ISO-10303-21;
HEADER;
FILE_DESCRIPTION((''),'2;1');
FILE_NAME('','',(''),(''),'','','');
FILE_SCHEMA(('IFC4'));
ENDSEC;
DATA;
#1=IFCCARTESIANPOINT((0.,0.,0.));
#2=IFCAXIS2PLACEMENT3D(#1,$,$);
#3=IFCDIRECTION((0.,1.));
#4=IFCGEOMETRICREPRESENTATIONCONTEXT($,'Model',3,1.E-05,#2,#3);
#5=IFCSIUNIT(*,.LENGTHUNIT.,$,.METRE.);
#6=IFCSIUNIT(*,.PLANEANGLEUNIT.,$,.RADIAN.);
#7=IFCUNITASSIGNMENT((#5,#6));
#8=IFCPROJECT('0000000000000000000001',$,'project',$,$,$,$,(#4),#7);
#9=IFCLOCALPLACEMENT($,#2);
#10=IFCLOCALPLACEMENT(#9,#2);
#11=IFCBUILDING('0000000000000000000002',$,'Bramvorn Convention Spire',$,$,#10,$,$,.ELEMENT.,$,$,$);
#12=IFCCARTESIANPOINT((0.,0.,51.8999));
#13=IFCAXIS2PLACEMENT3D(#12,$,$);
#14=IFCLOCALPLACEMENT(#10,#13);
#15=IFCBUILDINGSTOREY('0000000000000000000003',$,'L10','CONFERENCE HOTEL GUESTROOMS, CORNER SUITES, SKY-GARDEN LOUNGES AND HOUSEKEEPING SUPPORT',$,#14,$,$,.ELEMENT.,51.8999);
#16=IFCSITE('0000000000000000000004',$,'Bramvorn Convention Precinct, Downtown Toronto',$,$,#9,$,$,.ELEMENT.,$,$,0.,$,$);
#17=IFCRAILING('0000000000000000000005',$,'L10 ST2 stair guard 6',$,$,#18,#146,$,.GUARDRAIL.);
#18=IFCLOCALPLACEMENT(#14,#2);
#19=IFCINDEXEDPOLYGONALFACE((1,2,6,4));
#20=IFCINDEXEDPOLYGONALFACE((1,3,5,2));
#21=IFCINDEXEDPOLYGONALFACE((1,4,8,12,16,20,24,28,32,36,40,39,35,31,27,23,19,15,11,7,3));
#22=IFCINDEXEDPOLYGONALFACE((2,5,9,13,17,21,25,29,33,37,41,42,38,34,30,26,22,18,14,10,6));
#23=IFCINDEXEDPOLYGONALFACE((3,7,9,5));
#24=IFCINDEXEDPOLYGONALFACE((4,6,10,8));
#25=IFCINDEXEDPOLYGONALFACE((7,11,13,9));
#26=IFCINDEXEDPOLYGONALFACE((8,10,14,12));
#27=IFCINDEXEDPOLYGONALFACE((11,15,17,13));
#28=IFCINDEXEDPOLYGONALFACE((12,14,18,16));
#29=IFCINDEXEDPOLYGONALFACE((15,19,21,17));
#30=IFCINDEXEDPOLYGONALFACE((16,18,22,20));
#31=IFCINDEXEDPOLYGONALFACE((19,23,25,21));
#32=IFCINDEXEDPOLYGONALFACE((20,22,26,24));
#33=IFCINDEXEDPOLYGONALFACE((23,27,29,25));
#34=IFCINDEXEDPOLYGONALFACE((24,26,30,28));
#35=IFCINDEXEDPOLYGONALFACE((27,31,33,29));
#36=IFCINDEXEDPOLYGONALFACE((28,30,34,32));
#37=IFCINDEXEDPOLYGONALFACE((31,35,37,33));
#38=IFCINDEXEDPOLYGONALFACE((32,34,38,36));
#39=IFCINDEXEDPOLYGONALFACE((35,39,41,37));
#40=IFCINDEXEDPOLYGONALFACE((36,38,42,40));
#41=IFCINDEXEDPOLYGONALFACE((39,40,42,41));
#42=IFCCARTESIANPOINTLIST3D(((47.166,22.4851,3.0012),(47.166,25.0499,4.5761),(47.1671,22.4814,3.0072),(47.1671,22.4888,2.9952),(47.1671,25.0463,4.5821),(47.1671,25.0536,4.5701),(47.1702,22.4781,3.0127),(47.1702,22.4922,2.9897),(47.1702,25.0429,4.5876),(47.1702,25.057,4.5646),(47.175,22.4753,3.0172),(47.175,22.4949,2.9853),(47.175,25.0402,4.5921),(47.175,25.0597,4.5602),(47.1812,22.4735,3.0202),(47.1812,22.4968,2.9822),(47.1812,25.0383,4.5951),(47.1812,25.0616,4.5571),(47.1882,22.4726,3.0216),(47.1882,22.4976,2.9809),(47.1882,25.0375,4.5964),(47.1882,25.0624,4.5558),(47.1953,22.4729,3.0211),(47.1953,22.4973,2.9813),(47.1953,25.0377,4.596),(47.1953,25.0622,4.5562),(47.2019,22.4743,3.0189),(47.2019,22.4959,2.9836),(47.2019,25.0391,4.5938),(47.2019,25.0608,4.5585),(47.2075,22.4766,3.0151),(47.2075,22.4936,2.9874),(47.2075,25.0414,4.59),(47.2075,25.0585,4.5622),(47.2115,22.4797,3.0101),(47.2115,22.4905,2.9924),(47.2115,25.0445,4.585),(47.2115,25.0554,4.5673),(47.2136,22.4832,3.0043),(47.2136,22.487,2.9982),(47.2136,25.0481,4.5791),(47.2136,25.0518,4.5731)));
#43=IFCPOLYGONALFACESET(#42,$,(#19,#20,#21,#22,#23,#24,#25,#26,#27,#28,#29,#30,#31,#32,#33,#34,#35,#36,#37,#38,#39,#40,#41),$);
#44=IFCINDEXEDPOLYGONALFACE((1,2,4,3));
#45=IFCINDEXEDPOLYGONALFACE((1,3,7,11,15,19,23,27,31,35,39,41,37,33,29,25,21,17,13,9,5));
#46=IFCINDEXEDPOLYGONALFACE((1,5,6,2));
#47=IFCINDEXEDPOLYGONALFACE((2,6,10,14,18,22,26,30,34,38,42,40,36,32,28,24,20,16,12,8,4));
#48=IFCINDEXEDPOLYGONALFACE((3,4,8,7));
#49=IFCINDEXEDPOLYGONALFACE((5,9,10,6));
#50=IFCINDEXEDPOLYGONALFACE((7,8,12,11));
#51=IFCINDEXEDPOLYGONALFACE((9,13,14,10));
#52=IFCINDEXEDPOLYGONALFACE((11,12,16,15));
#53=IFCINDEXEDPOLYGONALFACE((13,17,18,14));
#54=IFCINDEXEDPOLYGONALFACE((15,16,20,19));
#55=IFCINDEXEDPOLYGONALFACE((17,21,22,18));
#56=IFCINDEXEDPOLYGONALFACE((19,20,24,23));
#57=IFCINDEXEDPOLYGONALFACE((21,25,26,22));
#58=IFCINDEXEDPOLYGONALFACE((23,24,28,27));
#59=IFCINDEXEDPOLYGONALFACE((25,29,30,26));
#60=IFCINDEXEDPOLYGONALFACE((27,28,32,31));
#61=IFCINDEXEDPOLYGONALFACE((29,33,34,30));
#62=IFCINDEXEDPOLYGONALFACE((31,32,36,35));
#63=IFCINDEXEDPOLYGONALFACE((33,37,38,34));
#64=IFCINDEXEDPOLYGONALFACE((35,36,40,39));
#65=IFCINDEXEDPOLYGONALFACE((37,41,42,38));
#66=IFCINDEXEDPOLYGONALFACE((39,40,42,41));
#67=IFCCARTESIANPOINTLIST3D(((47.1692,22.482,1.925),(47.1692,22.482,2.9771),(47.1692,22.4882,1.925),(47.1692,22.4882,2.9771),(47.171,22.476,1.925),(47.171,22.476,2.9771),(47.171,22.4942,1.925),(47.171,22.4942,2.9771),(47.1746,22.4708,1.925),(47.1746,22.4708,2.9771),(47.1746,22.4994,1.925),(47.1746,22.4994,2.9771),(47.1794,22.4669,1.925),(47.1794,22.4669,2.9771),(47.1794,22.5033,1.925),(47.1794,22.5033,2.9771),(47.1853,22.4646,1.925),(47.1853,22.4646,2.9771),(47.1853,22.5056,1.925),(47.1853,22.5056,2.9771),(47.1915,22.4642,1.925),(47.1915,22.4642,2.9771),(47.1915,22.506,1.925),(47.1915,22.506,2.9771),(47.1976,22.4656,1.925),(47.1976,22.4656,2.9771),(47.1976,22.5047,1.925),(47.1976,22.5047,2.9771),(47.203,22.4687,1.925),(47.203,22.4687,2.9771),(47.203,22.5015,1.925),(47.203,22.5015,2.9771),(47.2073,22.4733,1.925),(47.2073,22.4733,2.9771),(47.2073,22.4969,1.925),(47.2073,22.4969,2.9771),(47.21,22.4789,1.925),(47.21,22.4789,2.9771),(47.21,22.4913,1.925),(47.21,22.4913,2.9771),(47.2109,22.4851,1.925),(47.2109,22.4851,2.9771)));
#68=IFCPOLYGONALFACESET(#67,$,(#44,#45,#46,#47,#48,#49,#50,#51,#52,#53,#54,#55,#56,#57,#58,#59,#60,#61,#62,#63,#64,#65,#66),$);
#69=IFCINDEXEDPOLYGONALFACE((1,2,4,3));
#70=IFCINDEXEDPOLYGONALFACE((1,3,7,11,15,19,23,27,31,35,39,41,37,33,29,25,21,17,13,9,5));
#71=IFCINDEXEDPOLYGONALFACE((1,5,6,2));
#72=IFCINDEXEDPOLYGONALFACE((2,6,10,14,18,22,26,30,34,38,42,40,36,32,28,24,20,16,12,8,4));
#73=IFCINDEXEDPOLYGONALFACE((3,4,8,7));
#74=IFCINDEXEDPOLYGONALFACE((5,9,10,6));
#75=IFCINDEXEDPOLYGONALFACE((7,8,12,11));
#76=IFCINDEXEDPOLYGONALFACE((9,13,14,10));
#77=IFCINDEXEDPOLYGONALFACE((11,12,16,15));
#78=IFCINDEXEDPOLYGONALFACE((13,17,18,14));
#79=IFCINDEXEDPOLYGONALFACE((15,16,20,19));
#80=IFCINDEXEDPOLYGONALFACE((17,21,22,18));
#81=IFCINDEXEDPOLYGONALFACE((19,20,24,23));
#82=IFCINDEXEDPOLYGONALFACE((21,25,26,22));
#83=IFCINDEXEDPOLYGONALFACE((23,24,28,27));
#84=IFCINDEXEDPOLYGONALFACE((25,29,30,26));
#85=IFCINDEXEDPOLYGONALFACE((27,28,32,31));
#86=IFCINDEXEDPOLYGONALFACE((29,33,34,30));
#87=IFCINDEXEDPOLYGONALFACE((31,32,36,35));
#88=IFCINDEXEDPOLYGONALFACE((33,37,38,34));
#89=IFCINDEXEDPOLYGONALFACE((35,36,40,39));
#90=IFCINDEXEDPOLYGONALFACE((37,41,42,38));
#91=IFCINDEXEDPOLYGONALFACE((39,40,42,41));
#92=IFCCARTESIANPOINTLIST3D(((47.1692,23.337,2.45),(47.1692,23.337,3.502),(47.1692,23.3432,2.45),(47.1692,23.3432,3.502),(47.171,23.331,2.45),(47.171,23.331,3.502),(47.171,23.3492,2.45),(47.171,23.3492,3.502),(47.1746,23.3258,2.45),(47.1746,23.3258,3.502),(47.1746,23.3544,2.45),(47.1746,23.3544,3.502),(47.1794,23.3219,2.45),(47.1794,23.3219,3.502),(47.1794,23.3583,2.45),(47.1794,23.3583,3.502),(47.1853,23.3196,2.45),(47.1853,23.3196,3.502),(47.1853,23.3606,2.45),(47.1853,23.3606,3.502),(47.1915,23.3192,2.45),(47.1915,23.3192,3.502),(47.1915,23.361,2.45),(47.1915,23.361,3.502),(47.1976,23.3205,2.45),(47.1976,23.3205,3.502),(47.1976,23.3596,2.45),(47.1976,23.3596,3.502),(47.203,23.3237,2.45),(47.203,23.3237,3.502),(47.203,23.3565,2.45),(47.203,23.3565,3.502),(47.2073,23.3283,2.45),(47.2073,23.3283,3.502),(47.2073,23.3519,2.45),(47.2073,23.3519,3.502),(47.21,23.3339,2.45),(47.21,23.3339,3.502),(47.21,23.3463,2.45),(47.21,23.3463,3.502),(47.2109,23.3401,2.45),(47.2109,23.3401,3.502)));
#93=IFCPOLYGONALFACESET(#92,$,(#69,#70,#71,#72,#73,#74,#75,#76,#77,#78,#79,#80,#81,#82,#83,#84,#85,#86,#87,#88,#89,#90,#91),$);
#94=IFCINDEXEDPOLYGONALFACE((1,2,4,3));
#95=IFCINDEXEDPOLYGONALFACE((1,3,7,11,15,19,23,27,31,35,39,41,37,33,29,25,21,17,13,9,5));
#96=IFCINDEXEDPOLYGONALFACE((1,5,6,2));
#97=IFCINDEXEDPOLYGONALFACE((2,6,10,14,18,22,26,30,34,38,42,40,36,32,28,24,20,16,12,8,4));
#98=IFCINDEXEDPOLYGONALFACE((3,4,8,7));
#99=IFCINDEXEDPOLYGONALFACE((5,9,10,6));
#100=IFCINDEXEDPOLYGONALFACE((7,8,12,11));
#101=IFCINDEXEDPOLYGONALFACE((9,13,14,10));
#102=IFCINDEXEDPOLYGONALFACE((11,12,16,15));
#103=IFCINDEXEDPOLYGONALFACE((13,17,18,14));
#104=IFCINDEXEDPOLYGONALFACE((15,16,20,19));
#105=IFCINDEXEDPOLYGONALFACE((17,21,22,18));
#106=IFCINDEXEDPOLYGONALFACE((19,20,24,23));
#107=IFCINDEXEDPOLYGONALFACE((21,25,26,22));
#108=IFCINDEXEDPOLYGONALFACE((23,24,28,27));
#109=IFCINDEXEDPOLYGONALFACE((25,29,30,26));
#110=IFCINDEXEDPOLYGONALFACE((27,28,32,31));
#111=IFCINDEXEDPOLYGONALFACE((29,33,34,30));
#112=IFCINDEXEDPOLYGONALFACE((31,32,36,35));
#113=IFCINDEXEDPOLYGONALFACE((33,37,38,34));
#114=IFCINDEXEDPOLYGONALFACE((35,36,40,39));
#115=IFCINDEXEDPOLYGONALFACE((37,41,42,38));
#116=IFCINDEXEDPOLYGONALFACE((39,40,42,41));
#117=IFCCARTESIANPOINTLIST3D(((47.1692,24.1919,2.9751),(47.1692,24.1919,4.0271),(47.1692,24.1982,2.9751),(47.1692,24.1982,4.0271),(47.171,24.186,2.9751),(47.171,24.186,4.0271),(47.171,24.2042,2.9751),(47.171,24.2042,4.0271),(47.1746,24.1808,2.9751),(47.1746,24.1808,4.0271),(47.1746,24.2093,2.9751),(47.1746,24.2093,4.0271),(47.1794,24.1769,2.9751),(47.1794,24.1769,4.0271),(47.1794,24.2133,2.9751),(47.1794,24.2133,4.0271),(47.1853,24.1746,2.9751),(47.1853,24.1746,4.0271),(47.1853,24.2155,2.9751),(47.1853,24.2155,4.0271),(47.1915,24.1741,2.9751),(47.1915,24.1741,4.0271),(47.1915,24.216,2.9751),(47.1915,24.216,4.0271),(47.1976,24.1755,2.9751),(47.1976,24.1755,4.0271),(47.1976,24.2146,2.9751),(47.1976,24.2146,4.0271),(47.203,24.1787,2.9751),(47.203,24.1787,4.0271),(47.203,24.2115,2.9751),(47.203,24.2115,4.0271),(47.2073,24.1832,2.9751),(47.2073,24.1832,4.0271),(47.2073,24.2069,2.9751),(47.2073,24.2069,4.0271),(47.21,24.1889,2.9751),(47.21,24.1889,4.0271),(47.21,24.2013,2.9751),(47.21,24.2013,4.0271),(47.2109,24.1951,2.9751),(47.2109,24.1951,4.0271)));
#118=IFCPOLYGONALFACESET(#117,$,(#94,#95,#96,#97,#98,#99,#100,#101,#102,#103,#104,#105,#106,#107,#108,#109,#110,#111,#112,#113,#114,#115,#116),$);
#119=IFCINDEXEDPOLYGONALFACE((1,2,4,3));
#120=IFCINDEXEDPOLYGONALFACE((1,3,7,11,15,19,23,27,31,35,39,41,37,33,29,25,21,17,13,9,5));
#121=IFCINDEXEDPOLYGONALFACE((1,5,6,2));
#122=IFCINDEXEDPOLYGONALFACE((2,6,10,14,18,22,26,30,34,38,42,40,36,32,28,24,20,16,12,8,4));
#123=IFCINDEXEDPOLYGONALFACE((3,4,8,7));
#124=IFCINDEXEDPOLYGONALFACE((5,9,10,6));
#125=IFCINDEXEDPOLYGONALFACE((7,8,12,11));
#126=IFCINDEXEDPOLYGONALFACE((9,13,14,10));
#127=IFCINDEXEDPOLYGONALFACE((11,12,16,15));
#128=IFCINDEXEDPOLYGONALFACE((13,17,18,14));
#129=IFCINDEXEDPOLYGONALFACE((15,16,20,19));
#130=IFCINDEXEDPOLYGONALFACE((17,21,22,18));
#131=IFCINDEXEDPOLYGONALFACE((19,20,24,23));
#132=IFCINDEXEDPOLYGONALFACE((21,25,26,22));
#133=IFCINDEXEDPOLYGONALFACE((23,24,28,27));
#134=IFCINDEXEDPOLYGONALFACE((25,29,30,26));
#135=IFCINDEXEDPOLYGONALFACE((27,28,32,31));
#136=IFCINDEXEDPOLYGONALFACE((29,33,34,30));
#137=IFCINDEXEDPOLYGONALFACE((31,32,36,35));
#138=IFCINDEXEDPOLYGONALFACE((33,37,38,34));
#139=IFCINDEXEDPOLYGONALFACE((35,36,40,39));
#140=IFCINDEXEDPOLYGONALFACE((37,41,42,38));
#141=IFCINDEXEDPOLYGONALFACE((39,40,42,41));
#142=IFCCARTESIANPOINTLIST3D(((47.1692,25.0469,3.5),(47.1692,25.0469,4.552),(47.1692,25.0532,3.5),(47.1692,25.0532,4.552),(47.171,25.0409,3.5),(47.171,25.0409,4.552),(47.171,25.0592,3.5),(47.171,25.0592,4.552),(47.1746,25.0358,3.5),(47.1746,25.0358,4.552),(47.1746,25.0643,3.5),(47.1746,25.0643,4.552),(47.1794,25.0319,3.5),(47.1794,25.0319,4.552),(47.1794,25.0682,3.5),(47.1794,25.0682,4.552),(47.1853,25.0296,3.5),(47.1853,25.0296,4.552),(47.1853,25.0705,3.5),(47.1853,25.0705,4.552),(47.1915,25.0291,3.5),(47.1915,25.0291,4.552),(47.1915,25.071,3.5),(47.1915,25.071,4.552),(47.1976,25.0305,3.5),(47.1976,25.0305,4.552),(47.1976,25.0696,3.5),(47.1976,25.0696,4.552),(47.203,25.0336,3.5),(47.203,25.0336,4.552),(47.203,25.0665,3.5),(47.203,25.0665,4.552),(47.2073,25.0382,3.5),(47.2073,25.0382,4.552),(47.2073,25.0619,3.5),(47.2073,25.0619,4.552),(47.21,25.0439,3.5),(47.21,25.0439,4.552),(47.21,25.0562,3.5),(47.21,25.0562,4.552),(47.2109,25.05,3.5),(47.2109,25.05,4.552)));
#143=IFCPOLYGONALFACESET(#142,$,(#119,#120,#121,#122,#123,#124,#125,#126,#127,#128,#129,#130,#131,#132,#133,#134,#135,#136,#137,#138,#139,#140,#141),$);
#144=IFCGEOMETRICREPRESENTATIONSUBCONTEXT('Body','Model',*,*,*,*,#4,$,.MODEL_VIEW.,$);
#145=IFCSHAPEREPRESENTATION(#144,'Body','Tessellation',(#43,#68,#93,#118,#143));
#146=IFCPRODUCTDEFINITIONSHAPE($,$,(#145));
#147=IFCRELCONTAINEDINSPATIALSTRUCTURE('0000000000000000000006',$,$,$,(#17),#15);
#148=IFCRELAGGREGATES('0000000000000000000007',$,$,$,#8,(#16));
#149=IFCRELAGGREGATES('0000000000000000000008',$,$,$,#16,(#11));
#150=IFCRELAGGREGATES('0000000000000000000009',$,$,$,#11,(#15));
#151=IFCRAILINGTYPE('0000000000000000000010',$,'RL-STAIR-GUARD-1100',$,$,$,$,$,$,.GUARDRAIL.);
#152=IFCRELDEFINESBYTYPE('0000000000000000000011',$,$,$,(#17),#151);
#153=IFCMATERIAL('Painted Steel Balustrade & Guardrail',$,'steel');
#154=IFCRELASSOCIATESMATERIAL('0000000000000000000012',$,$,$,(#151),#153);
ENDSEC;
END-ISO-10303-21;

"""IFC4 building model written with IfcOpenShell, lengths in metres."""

from ifc_helpers import new_model, si_unit, direction, frame, origin, origin_2d, place, context, subcontext, project, spatial, circle, extrude, material, type_object, element, save


model = new_model("IFC4")

# Units and contexts
model_context = context("Model", 3, precision=1e-05, world=origin(), true_north=direction((0.0, 1.0)))
body_context = subcontext(model_context, "Body", "Model", "MODEL_VIEW")
ifc_project = project(units=[si_unit("LENGTHUNIT", "METRE"), si_unit("PLANEANGLEUNIT", "RADIAN")], contexts=[model_context])

# Site, building, storey
site_placement = place(None, origin())
site = spatial("IfcSite", under=ifc_project, at=site_placement, Name="Bramvorn Convention Precinct, Downtown Toronto", CompositionType="ELEMENT", RefElevation=0.0)
building_placement = place(site_placement, origin())
building = spatial("IfcBuilding", under=site, at=building_placement, Name="Bramvorn Convention Spire", CompositionType="ELEMENT")
storey_placement = place(building_placement, frame((0.0, 0.0, 51.8999)))
storey = spatial("IfcBuildingStorey", under=building, at=storey_placement, Name="L10", Description="CONFERENCE HOTEL GUESTROOMS, CORNER SUITES, SKY-GARDEN LOUNGES AND HOUSEKEEPING SUPPORT", CompositionType="ELEMENT", Elevation=51.8999)

# Railing
ifc_material_1 = material(Name="Painted Steel Balustrade & Guardrail", Category="steel")
railing_type = type_object("IfcRailingType", Name="RL-STAIR-GUARD-1100", PredefinedType="GUARDRAIL", material=ifc_material_1)
railing_1_placement = place(storey_placement, frame((47.1899, 22.4851, 1.925)))
element("IfcRailing", 1, at=railing_1_placement, inside=storey, type_object=railing_type, Name="L10 ST2 stair guard 6", PredefinedType="GUARDRAIL", context=body_context, shape_type="SweptSolid", body=[
    extrude(circle(Radius=0.0239, at=origin_2d()), frame((0.0, 0.0, 1.0762), z_axis=(0.0, 0.852173, 0.52326), x_axis=(-1.0, 0.0, 0.0)), (0.0, 0.0, 1.0), 3.0098),
    extrude(circle(Radius=0.021, at=origin_2d()), origin(), (0.0, 0.0, 1.0), 1.052),
    extrude(circle(Radius=0.021, at=origin_2d()), frame((0.0, 0.855, 0.5249)), (0.0, 0.0, 1.0), 1.052),
    extrude(circle(Radius=0.021, at=origin_2d()), frame((0.0, 1.71, 1.05)), (0.0, 0.0, 1.0), 1.052),
    extrude(circle(Radius=0.021, at=origin_2d()), frame((0.0, 2.5649, 1.575)), (0.0, 0.0, 1.0), 1.052),
])

save(model, "model.ifc")
